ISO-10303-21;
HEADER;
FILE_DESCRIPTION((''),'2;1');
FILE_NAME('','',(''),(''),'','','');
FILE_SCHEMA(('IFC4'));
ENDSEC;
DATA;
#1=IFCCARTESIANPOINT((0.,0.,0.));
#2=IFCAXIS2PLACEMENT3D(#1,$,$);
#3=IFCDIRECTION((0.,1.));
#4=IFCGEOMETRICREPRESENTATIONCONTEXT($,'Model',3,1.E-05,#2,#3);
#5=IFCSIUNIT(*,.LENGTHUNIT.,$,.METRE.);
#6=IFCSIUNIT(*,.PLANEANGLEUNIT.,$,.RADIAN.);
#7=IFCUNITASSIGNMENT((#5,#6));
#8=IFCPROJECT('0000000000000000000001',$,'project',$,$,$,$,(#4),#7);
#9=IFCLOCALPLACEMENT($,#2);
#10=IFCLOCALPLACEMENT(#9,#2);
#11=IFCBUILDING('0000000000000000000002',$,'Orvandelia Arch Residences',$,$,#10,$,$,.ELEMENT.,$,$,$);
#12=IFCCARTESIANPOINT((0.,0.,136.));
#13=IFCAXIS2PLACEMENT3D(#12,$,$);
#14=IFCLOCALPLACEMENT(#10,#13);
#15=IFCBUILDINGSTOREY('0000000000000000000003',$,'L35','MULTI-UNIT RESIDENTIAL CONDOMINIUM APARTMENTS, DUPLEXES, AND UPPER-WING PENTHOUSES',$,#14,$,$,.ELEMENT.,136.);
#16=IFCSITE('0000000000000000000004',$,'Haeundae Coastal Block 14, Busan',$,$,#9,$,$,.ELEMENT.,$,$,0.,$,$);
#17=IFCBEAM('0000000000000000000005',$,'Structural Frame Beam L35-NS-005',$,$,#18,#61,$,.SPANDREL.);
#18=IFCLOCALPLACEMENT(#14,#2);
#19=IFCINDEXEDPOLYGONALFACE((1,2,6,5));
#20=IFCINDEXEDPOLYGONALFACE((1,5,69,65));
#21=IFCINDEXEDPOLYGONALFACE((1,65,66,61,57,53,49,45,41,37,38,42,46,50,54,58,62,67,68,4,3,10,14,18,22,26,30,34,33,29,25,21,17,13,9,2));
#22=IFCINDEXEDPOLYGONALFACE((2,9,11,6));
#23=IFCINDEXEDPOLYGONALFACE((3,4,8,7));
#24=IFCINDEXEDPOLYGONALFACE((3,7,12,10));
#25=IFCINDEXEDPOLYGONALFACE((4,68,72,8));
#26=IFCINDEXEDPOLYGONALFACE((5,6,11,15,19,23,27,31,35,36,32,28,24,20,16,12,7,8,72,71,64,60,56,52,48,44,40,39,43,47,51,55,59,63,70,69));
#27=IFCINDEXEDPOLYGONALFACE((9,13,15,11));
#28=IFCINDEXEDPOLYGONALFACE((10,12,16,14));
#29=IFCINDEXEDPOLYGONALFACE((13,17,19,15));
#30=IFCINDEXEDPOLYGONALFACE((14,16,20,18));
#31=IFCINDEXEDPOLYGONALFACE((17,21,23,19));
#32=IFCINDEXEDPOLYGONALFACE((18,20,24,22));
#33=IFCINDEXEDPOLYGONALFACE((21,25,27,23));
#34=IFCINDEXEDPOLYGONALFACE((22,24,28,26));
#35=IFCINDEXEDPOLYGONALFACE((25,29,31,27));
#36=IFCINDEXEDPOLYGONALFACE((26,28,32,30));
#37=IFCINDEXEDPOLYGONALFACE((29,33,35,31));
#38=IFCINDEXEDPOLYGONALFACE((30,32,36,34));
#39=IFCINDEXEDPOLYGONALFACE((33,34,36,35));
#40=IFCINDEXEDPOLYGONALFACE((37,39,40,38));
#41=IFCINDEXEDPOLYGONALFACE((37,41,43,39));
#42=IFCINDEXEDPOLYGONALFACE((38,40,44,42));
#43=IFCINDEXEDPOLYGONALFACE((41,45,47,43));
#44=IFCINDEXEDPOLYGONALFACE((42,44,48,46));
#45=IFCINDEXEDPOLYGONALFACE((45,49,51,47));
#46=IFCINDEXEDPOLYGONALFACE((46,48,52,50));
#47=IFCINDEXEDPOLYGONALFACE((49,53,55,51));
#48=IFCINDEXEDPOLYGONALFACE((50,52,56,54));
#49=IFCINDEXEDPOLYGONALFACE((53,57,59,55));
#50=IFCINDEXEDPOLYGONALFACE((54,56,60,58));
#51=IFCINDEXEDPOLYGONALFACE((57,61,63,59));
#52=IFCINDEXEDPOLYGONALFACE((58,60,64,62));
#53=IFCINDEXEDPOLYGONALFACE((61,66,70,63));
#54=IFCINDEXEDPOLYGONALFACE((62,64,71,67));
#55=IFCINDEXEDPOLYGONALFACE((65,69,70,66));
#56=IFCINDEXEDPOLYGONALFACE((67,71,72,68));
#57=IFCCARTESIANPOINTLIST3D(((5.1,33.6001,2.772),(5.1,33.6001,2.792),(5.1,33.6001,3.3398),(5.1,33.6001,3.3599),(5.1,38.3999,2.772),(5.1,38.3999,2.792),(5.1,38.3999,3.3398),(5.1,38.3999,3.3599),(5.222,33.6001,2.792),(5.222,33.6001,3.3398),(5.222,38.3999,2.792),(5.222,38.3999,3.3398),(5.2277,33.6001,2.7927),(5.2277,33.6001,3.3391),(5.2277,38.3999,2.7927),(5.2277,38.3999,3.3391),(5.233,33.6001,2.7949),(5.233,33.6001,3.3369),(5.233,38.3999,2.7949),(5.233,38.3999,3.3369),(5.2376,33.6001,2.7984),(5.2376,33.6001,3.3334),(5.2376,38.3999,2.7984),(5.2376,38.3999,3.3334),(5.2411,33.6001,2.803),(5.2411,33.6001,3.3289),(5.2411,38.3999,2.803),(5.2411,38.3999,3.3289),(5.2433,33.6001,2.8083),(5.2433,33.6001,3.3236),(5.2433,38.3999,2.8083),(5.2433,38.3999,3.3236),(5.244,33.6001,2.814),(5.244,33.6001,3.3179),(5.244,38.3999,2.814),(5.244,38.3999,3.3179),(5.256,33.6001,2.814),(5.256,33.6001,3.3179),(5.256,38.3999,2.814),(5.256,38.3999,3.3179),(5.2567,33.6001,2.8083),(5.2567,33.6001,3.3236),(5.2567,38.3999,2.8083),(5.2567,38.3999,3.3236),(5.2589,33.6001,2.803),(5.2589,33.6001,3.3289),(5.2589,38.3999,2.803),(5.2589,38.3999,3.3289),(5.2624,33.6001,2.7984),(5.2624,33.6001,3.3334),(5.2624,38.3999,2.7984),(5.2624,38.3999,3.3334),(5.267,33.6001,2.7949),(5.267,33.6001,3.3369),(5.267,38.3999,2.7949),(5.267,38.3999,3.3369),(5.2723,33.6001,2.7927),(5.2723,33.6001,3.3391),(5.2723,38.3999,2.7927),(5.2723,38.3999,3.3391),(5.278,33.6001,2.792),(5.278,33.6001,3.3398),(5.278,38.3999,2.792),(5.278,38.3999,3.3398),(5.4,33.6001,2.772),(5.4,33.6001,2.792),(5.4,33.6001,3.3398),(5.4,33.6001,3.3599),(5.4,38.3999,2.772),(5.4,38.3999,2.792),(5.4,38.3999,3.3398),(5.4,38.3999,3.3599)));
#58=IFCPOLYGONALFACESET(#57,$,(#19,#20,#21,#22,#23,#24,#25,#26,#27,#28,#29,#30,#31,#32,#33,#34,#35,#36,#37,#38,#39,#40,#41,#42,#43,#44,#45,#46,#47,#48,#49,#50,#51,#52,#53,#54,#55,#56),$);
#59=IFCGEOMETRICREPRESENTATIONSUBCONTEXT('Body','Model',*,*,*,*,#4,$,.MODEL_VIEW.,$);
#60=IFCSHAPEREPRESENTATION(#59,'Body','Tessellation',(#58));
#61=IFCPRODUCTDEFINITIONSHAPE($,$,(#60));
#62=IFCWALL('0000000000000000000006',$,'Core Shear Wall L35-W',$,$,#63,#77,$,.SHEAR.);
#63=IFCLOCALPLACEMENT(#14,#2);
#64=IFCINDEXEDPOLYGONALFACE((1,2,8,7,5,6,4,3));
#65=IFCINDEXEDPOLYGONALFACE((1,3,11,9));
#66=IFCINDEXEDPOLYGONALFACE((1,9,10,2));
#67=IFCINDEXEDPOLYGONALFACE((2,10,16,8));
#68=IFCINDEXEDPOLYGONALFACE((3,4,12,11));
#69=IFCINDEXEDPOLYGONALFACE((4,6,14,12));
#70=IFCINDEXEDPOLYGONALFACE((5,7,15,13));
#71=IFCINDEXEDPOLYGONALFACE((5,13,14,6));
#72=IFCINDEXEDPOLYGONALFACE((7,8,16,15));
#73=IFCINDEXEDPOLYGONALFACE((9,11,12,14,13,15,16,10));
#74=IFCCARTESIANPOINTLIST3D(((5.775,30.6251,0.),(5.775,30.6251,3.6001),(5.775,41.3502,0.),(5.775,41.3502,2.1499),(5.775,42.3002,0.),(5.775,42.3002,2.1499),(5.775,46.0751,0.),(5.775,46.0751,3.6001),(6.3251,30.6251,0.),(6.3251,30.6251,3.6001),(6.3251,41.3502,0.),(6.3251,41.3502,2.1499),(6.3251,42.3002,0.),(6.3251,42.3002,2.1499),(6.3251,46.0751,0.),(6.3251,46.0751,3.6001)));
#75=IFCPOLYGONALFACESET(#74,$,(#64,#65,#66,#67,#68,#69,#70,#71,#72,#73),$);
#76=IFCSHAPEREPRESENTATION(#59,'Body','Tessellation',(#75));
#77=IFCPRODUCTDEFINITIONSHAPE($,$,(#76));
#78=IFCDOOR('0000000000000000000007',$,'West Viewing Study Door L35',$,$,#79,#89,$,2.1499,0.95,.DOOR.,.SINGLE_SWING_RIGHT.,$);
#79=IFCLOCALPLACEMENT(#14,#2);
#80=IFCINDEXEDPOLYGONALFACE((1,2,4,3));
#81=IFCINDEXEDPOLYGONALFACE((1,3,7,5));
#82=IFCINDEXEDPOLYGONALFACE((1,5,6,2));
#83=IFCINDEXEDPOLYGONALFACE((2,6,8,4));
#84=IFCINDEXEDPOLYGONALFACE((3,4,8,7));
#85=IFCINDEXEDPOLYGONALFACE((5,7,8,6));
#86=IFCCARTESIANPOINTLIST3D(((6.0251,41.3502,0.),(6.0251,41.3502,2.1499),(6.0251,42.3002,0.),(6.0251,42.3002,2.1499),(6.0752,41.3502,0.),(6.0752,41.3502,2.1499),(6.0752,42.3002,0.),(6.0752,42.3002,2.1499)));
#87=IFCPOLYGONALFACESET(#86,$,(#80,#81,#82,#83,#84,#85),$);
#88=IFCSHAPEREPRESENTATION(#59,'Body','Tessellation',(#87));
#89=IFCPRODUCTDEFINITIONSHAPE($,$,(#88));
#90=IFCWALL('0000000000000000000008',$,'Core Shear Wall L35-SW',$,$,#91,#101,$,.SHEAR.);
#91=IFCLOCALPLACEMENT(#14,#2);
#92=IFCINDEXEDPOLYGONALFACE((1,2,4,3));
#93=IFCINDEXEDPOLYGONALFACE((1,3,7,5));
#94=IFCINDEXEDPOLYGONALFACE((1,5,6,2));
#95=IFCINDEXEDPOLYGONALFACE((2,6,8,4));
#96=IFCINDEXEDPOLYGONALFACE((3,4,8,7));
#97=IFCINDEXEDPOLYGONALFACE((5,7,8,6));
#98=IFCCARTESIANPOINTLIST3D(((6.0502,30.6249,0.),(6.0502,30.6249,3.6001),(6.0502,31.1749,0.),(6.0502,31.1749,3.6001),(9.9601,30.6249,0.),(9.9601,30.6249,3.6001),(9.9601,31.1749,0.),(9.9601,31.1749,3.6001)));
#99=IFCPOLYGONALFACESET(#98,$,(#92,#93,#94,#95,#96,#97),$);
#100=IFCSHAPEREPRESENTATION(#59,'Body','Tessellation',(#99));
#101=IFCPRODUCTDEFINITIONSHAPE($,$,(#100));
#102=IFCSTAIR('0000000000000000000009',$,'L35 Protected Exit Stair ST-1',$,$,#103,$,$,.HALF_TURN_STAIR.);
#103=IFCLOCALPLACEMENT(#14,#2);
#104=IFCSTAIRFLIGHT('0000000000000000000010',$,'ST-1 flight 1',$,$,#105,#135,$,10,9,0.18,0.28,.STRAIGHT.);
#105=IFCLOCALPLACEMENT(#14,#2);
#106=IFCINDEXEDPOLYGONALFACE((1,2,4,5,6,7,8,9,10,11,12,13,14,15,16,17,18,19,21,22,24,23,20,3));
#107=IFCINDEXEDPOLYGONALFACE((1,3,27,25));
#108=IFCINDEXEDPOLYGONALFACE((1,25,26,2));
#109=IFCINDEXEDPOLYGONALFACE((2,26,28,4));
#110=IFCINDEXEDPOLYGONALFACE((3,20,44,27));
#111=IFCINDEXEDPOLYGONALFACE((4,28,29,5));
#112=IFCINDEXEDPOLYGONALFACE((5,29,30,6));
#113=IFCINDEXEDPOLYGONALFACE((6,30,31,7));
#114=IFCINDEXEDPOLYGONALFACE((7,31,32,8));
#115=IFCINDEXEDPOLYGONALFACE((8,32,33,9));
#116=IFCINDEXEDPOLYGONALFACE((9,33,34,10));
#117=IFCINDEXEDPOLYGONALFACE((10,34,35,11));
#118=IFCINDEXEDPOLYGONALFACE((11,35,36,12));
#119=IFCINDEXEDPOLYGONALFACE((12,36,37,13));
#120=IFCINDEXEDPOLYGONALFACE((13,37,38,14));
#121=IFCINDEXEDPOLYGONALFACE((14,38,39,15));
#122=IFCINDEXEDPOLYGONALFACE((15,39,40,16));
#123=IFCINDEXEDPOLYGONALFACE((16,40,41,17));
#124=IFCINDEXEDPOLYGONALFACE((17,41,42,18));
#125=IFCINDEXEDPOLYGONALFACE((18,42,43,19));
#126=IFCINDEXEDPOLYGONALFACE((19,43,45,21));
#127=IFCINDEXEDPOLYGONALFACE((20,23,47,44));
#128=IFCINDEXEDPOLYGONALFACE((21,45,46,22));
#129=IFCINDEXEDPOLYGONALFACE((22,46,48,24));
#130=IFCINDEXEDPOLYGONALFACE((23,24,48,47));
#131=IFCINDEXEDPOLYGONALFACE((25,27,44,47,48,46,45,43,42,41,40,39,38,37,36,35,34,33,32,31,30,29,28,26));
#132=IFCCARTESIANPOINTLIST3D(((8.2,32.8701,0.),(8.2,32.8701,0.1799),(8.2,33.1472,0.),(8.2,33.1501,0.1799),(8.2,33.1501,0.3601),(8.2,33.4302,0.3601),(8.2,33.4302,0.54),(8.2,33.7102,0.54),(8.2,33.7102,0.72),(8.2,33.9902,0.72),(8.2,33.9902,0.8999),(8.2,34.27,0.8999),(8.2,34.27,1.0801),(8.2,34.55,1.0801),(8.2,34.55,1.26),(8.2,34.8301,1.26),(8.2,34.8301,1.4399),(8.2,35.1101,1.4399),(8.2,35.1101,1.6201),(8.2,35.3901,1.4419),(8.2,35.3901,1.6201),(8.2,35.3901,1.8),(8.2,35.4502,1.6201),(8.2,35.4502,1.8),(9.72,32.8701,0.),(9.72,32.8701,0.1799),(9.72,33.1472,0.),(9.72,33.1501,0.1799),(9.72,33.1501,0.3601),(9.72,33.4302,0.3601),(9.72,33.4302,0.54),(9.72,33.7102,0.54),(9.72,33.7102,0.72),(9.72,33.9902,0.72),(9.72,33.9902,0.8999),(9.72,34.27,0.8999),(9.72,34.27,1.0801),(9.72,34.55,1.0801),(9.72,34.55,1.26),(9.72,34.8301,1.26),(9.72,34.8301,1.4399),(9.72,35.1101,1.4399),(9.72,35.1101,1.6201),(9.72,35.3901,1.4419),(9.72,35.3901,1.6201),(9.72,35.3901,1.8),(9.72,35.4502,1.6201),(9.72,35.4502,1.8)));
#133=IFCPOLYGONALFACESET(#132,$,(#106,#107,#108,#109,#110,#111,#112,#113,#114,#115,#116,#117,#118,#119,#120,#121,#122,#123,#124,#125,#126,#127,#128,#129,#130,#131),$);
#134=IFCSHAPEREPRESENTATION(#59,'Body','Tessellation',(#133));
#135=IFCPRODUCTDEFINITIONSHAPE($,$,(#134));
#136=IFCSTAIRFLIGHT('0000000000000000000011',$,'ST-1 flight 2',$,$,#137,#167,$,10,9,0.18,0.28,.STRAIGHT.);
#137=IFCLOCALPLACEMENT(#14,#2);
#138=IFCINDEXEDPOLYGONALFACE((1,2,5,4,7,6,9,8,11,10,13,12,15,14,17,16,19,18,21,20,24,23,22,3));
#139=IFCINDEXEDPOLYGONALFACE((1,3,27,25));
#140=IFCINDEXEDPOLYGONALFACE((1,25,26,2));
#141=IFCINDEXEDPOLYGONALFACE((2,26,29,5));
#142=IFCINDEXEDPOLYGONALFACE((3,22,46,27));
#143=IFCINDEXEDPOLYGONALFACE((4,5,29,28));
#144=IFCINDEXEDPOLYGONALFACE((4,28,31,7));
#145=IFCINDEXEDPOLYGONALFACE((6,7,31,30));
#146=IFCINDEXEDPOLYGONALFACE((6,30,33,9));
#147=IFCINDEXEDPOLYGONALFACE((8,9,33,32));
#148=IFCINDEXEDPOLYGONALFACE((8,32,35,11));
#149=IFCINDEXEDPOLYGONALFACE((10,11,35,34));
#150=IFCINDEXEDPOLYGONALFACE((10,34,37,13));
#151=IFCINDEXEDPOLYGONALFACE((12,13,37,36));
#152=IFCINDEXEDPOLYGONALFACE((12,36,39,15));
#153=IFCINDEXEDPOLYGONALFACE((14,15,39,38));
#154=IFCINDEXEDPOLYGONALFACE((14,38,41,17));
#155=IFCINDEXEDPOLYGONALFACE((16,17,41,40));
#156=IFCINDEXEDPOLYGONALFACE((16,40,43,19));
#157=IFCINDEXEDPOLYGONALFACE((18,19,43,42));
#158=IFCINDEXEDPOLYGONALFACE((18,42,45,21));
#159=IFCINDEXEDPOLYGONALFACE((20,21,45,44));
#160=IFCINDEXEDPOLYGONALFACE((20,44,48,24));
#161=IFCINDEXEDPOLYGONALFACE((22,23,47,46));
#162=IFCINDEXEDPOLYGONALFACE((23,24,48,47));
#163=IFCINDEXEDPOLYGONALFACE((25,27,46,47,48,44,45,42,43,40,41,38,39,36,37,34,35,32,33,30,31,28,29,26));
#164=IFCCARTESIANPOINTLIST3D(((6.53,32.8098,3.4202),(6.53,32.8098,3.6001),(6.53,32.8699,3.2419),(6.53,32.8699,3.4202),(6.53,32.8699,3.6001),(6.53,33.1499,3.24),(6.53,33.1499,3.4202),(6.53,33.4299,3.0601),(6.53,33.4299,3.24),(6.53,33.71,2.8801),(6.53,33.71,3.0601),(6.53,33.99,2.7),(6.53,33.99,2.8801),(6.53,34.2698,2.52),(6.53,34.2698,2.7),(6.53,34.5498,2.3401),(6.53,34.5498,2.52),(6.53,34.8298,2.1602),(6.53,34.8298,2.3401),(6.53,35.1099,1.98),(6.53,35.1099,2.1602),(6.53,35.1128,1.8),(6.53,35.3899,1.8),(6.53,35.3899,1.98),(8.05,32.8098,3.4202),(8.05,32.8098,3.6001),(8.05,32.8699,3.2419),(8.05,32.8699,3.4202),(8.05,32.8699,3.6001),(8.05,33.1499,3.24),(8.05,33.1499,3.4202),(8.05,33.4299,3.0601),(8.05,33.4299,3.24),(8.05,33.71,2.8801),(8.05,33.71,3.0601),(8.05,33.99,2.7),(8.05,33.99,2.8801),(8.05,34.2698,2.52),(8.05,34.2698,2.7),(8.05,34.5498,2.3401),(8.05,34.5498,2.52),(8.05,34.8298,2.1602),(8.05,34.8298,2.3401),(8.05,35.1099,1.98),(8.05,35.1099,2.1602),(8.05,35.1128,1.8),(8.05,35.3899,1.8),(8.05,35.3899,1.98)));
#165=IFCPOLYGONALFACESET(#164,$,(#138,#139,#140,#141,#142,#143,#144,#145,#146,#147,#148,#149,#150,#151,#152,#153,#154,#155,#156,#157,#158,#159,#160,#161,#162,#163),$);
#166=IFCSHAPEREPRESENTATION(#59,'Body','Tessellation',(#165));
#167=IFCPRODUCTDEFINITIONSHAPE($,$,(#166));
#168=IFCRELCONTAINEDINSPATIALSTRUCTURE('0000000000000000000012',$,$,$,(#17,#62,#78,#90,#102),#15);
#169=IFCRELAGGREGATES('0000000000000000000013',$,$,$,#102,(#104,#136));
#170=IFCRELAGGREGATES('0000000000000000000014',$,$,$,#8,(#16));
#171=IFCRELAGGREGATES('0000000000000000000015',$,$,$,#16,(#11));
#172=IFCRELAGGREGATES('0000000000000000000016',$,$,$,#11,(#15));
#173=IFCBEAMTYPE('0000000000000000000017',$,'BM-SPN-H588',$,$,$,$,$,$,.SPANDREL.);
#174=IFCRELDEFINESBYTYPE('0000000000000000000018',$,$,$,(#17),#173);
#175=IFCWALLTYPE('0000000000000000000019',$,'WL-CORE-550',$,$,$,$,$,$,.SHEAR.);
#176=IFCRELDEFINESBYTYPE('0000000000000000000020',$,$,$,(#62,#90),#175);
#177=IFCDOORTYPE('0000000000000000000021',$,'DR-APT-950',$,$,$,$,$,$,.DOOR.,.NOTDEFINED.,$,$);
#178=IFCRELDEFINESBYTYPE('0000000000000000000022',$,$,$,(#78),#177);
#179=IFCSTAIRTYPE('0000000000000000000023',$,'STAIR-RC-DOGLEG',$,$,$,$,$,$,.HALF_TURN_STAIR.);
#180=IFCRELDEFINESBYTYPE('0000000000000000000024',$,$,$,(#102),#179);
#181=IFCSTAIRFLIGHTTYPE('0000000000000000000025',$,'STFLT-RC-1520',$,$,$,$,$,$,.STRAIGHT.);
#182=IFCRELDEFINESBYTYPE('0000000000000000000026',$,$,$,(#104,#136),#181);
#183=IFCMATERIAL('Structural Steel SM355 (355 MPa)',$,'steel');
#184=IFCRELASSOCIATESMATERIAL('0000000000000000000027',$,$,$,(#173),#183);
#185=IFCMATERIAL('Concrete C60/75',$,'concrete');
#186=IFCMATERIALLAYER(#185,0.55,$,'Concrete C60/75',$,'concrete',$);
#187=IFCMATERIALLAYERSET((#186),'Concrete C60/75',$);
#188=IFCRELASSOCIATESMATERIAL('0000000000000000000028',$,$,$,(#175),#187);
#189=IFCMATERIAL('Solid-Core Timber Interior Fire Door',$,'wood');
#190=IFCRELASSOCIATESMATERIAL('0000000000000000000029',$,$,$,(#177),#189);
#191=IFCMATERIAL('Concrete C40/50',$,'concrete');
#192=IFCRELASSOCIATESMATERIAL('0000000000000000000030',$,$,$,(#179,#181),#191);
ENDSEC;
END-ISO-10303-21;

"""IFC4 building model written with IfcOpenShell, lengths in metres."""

from ifc_helpers import new_model, si_unit, direction, frame, frame_2d, origin, origin_2d, place, context, subcontext, project, spatial, polyline, rectangle, i_section, outline, extrude, material, layer, layer_set, material_profile, profile_set, type_object, element, fill, aggregate, save


model = new_model("IFC4")

# Units and contexts
model_context = context("Model", 3, precision=1e-05, world=origin(), true_north=direction((0.0, 1.0)))
body_context = subcontext(model_context, "Body", "Model", "MODEL_VIEW")
ifc_project = project(units=[si_unit("LENGTHUNIT", "METRE"), si_unit("PLANEANGLEUNIT", "RADIAN")], contexts=[model_context])

# Site, building, storey
site_placement = place(None, origin())
site = spatial("IfcSite", under=ifc_project, at=site_placement, Name="Haeundae Coastal Block 14, Busan", CompositionType="ELEMENT", RefElevation=0.0)
building_placement = place(site_placement, origin())
building = spatial("IfcBuilding", under=site, at=building_placement, Name="Orvandelia Arch Residences", CompositionType="ELEMENT")
storey_placement = place(building_placement, frame((0.0, 0.0, 136.0)))
storey = spatial("IfcBuildingStorey", under=building, at=storey_placement, Name="L35", Description="MULTI-UNIT RESIDENTIAL CONDOMINIUM APARTMENTS, DUPLEXES, AND UPPER-WING PENTHOUSES", CompositionType="ELEMENT", Elevation=136.0)

# Shared definitions
ifc_material_1 = material(Name="Concrete C60/75", Category="concrete")

# Beam
ifc_material_2 = material(Name="Structural Steel SM355 (355 MPa)", Category="steel")
ifc_material_profile_1 = material_profile(ifc_material_2, i_section(OverallWidth=0.3, OverallDepth=0.5879, WebThickness=0.012, FlangeThickness=0.02, FilletRadius=0.022, at=origin_2d()), Name="Structural Steel SM355 (355 MPa)", Category="steel")
ifc_profile_set_1 = profile_set([ifc_material_profile_1], Name="Structural Steel SM355 (355 MPa)")
beam_type_1 = type_object("IfcBeamType", Name="BM-SPN-H588", PredefinedType="SPANDREL", material=ifc_profile_set_1)
beam_1_placement = place(storey_placement, frame((5.25, 33.6001, 3.0659), z_axis=(0.0, 1.0, 0.0), x_axis=(-1.0, 0.0, 0.0)))
element("IfcBeam", 1, at=beam_1_placement, inside=storey, type_object=beam_type_1, Name="Structural Frame Beam L35-NS-005", PredefinedType="SPANDREL", context=body_context, shape_type="SweptSolid", body=[
    extrude(i_section(OverallWidth=0.3, OverallDepth=0.5879, WebThickness=0.012, FlangeThickness=0.02, FilletRadius=0.022, at=origin_2d()), origin(), (0.0, 0.0, 1.0), 4.7998),
])

# Wall, opening, door
ifc_layer = layer(ifc_material_1, 0.55, Name="Concrete C60/75", Category="concrete")
ifc_layer_set = layer_set([ifc_layer], Name="Concrete C60/75")
wall_type = type_object("IfcWallType", Name="WL-CORE-550", PredefinedType="SHEAR", material=ifc_layer_set)
wall_1_placement = place(storey_placement, frame((6.05, 30.625, 0.0), z_axis=(0.0, 0.0, 1.0), x_axis=(0.0, 1.0, 0.0)))
wall_1 = element("IfcWall", 2, at=wall_1_placement, inside=storey, type_object=wall_type, Name="Core Shear Wall L35-W", PredefinedType="SHEAR", context=body_context, shape_type="SweptSolid", body=[
    extrude(rectangle(XDim=15.45, YDim=0.55, at=frame_2d((7.7251, 0.0))), origin(), (0.0, 0.0, 1.0), 3.6001),
])
opening_placement = place(wall_1_placement, frame((10.7251, 0.0, 0.0)))
opening = element("IfcOpeningElement", 3, at=opening_placement, cuts=wall_1, PredefinedType="OPENING", context=body_context, shape_type="SweptSolid", body=[
    extrude(rectangle(XDim=0.95, YDim=2.1499, at=frame_2d((0.4751, 1.075))), frame((0.0, 0.2852, 0.0), z_axis=(0.0, -1.0, 0.0), x_axis=(1.0, 0.0, 0.0)), (0.0, 0.0, 1.0), 0.5701),
])
ifc_material_3 = material(Name="Solid-Core Timber Interior Fire Door", Category="wood")
door_type = type_object("IfcDoorType", Name="DR-APT-950", OperationType="NOTDEFINED", PredefinedType="DOOR", material=ifc_material_3)
door_placement = place(opening_placement, origin())
door = element("IfcDoor", 4, at=door_placement, inside=storey, type_object=door_type, Name="West Viewing Study Door L35", OperationType="SINGLE_SWING_RIGHT", OverallHeight=2.1499, OverallWidth=0.95, PredefinedType="DOOR", context=body_context, shape_type="SweptSolid", body=[
    extrude(rectangle(XDim=0.95, YDim=2.1499, at=frame_2d((0.4751, 1.075))), frame((0.0, 0.0249, 0.0), z_axis=(0.0, -1.0, 0.0), x_axis=(1.0, 0.0, 0.0)), (0.0, 0.0, 1.0), 0.05),
])
fill(opening, door)

# Wall
wall_2_placement = place(storey_placement, frame((6.05, 30.8999, 0.0), z_axis=(0.0, 0.0, 1.0), x_axis=(1.0, 0.0, 0.0)))
element("IfcWall", 5, at=wall_2_placement, inside=storey, type_object=wall_type, Name="Core Shear Wall L35-SW", PredefinedType="SHEAR", context=body_context, shape_type="SweptSolid", body=[
    extrude(rectangle(XDim=3.9099, YDim=0.55, at=frame_2d((1.9551, 0.0))), origin(), (0.0, 0.0, 1.0), 3.6001),
])

# Stair, stair flights
ifc_material_4 = material(Name="Concrete C40/50", Category="concrete")
stair_type = type_object("IfcStairType", Name="STAIR-RC-DOGLEG", PredefinedType="HALF_TURN_STAIR", material=ifc_material_4)
stair_placement = place(storey_placement, origin())
stair = element("IfcStair", 6, at=stair_placement, inside=storey, type_object=stair_type, Name="L35 Protected Exit Stair ST-1", PredefinedType="HALF_TURN_STAIR")
stair_flight_type = type_object("IfcStairFlightType", Name="STFLT-RC-1520", PredefinedType="STRAIGHT", material=ifc_material_4)
stair_flight_1_placement = place(storey_placement, frame((8.96, 32.8701, 0.0), z_axis=(0.0, 0.0, 1.0), x_axis=(0.0, 1.0, 0.0)))
stair_flight_1 = element("IfcStairFlight", 7, at=stair_flight_1_placement, type_object=stair_flight_type, Name="ST-1 flight 1", NumberOfRisers=10, NumberOfTreads=9, PredefinedType="STRAIGHT", RiserHeight=0.18, TreadLength=0.28, context=body_context, shape_type="SweptSolid", body=[
    extrude(outline(polyline([(0.0, 0.0), (0.0, 0.1799), (0.28, 0.1799), (0.28, 0.3601), (0.5601, 0.3601), (0.5601, 0.54), (0.8401, 0.54), (0.8401, 0.72), (1.1201, 0.72), (1.1201, 0.8999), (1.3999, 0.8999), (1.3999, 1.0801), (1.6799, 1.0801), (1.6799, 1.26), (1.96, 1.26), (1.96, 1.4399), (2.24, 1.4399), (2.24, 1.6201), (2.52, 1.6201), (2.52, 1.8), (2.5801, 1.8), (2.5801, 1.6201), (2.52, 1.4419), (0.2771, 0.0), (0.0, 0.0)])), frame((0.0, 0.76, 0.0), z_axis=(0.0, -1.0, 0.0), x_axis=(1.0, 0.0, 0.0)), (0.0, 0.0, 1.0), 1.52),
])
stair_flight_2_placement = place(storey_placement, frame((7.29, 35.3899, 1.8), z_axis=(0.0, 0.0, 1.0), x_axis=(0.0, -1.0, 0.0)))
stair_flight_2 = element("IfcStairFlight", 8, at=stair_flight_2_placement, type_object=stair_flight_type, Name="ST-1 flight 2", NumberOfRisers=10, NumberOfTreads=9, PredefinedType="STRAIGHT", RiserHeight=0.18, TreadLength=0.28, context=body_context, shape_type="SweptSolid", body=[
    extrude(outline(polyline([(0.0, 0.0), (0.0, 0.1799), (0.28, 0.1799), (0.28, 0.3601), (0.5601, 0.3601), (0.5601, 0.54), (0.8401, 0.54), (0.8401, 0.72), (1.1201, 0.72), (1.1201, 0.8999), (1.3999, 0.8999), (1.3999, 1.0801), (1.6799, 1.0801), (1.6799, 1.26), (1.96, 1.26), (1.96, 1.4399), (2.24, 1.4399), (2.24, 1.6201), (2.52, 1.6201), (2.52, 1.8), (2.5801, 1.8), (2.5801, 1.6201), (2.52, 1.4419), (0.2771, 0.0), (0.0, 0.0)])), frame((0.0, 0.76, 0.0), z_axis=(0.0, -1.0, 0.0), x_axis=(1.0, 0.0, 0.0)), (0.0, 0.0, 1.0), 1.52),
])
aggregate(stair, [stair_flight_1, stair_flight_2])

save(model, "model.ifc")
